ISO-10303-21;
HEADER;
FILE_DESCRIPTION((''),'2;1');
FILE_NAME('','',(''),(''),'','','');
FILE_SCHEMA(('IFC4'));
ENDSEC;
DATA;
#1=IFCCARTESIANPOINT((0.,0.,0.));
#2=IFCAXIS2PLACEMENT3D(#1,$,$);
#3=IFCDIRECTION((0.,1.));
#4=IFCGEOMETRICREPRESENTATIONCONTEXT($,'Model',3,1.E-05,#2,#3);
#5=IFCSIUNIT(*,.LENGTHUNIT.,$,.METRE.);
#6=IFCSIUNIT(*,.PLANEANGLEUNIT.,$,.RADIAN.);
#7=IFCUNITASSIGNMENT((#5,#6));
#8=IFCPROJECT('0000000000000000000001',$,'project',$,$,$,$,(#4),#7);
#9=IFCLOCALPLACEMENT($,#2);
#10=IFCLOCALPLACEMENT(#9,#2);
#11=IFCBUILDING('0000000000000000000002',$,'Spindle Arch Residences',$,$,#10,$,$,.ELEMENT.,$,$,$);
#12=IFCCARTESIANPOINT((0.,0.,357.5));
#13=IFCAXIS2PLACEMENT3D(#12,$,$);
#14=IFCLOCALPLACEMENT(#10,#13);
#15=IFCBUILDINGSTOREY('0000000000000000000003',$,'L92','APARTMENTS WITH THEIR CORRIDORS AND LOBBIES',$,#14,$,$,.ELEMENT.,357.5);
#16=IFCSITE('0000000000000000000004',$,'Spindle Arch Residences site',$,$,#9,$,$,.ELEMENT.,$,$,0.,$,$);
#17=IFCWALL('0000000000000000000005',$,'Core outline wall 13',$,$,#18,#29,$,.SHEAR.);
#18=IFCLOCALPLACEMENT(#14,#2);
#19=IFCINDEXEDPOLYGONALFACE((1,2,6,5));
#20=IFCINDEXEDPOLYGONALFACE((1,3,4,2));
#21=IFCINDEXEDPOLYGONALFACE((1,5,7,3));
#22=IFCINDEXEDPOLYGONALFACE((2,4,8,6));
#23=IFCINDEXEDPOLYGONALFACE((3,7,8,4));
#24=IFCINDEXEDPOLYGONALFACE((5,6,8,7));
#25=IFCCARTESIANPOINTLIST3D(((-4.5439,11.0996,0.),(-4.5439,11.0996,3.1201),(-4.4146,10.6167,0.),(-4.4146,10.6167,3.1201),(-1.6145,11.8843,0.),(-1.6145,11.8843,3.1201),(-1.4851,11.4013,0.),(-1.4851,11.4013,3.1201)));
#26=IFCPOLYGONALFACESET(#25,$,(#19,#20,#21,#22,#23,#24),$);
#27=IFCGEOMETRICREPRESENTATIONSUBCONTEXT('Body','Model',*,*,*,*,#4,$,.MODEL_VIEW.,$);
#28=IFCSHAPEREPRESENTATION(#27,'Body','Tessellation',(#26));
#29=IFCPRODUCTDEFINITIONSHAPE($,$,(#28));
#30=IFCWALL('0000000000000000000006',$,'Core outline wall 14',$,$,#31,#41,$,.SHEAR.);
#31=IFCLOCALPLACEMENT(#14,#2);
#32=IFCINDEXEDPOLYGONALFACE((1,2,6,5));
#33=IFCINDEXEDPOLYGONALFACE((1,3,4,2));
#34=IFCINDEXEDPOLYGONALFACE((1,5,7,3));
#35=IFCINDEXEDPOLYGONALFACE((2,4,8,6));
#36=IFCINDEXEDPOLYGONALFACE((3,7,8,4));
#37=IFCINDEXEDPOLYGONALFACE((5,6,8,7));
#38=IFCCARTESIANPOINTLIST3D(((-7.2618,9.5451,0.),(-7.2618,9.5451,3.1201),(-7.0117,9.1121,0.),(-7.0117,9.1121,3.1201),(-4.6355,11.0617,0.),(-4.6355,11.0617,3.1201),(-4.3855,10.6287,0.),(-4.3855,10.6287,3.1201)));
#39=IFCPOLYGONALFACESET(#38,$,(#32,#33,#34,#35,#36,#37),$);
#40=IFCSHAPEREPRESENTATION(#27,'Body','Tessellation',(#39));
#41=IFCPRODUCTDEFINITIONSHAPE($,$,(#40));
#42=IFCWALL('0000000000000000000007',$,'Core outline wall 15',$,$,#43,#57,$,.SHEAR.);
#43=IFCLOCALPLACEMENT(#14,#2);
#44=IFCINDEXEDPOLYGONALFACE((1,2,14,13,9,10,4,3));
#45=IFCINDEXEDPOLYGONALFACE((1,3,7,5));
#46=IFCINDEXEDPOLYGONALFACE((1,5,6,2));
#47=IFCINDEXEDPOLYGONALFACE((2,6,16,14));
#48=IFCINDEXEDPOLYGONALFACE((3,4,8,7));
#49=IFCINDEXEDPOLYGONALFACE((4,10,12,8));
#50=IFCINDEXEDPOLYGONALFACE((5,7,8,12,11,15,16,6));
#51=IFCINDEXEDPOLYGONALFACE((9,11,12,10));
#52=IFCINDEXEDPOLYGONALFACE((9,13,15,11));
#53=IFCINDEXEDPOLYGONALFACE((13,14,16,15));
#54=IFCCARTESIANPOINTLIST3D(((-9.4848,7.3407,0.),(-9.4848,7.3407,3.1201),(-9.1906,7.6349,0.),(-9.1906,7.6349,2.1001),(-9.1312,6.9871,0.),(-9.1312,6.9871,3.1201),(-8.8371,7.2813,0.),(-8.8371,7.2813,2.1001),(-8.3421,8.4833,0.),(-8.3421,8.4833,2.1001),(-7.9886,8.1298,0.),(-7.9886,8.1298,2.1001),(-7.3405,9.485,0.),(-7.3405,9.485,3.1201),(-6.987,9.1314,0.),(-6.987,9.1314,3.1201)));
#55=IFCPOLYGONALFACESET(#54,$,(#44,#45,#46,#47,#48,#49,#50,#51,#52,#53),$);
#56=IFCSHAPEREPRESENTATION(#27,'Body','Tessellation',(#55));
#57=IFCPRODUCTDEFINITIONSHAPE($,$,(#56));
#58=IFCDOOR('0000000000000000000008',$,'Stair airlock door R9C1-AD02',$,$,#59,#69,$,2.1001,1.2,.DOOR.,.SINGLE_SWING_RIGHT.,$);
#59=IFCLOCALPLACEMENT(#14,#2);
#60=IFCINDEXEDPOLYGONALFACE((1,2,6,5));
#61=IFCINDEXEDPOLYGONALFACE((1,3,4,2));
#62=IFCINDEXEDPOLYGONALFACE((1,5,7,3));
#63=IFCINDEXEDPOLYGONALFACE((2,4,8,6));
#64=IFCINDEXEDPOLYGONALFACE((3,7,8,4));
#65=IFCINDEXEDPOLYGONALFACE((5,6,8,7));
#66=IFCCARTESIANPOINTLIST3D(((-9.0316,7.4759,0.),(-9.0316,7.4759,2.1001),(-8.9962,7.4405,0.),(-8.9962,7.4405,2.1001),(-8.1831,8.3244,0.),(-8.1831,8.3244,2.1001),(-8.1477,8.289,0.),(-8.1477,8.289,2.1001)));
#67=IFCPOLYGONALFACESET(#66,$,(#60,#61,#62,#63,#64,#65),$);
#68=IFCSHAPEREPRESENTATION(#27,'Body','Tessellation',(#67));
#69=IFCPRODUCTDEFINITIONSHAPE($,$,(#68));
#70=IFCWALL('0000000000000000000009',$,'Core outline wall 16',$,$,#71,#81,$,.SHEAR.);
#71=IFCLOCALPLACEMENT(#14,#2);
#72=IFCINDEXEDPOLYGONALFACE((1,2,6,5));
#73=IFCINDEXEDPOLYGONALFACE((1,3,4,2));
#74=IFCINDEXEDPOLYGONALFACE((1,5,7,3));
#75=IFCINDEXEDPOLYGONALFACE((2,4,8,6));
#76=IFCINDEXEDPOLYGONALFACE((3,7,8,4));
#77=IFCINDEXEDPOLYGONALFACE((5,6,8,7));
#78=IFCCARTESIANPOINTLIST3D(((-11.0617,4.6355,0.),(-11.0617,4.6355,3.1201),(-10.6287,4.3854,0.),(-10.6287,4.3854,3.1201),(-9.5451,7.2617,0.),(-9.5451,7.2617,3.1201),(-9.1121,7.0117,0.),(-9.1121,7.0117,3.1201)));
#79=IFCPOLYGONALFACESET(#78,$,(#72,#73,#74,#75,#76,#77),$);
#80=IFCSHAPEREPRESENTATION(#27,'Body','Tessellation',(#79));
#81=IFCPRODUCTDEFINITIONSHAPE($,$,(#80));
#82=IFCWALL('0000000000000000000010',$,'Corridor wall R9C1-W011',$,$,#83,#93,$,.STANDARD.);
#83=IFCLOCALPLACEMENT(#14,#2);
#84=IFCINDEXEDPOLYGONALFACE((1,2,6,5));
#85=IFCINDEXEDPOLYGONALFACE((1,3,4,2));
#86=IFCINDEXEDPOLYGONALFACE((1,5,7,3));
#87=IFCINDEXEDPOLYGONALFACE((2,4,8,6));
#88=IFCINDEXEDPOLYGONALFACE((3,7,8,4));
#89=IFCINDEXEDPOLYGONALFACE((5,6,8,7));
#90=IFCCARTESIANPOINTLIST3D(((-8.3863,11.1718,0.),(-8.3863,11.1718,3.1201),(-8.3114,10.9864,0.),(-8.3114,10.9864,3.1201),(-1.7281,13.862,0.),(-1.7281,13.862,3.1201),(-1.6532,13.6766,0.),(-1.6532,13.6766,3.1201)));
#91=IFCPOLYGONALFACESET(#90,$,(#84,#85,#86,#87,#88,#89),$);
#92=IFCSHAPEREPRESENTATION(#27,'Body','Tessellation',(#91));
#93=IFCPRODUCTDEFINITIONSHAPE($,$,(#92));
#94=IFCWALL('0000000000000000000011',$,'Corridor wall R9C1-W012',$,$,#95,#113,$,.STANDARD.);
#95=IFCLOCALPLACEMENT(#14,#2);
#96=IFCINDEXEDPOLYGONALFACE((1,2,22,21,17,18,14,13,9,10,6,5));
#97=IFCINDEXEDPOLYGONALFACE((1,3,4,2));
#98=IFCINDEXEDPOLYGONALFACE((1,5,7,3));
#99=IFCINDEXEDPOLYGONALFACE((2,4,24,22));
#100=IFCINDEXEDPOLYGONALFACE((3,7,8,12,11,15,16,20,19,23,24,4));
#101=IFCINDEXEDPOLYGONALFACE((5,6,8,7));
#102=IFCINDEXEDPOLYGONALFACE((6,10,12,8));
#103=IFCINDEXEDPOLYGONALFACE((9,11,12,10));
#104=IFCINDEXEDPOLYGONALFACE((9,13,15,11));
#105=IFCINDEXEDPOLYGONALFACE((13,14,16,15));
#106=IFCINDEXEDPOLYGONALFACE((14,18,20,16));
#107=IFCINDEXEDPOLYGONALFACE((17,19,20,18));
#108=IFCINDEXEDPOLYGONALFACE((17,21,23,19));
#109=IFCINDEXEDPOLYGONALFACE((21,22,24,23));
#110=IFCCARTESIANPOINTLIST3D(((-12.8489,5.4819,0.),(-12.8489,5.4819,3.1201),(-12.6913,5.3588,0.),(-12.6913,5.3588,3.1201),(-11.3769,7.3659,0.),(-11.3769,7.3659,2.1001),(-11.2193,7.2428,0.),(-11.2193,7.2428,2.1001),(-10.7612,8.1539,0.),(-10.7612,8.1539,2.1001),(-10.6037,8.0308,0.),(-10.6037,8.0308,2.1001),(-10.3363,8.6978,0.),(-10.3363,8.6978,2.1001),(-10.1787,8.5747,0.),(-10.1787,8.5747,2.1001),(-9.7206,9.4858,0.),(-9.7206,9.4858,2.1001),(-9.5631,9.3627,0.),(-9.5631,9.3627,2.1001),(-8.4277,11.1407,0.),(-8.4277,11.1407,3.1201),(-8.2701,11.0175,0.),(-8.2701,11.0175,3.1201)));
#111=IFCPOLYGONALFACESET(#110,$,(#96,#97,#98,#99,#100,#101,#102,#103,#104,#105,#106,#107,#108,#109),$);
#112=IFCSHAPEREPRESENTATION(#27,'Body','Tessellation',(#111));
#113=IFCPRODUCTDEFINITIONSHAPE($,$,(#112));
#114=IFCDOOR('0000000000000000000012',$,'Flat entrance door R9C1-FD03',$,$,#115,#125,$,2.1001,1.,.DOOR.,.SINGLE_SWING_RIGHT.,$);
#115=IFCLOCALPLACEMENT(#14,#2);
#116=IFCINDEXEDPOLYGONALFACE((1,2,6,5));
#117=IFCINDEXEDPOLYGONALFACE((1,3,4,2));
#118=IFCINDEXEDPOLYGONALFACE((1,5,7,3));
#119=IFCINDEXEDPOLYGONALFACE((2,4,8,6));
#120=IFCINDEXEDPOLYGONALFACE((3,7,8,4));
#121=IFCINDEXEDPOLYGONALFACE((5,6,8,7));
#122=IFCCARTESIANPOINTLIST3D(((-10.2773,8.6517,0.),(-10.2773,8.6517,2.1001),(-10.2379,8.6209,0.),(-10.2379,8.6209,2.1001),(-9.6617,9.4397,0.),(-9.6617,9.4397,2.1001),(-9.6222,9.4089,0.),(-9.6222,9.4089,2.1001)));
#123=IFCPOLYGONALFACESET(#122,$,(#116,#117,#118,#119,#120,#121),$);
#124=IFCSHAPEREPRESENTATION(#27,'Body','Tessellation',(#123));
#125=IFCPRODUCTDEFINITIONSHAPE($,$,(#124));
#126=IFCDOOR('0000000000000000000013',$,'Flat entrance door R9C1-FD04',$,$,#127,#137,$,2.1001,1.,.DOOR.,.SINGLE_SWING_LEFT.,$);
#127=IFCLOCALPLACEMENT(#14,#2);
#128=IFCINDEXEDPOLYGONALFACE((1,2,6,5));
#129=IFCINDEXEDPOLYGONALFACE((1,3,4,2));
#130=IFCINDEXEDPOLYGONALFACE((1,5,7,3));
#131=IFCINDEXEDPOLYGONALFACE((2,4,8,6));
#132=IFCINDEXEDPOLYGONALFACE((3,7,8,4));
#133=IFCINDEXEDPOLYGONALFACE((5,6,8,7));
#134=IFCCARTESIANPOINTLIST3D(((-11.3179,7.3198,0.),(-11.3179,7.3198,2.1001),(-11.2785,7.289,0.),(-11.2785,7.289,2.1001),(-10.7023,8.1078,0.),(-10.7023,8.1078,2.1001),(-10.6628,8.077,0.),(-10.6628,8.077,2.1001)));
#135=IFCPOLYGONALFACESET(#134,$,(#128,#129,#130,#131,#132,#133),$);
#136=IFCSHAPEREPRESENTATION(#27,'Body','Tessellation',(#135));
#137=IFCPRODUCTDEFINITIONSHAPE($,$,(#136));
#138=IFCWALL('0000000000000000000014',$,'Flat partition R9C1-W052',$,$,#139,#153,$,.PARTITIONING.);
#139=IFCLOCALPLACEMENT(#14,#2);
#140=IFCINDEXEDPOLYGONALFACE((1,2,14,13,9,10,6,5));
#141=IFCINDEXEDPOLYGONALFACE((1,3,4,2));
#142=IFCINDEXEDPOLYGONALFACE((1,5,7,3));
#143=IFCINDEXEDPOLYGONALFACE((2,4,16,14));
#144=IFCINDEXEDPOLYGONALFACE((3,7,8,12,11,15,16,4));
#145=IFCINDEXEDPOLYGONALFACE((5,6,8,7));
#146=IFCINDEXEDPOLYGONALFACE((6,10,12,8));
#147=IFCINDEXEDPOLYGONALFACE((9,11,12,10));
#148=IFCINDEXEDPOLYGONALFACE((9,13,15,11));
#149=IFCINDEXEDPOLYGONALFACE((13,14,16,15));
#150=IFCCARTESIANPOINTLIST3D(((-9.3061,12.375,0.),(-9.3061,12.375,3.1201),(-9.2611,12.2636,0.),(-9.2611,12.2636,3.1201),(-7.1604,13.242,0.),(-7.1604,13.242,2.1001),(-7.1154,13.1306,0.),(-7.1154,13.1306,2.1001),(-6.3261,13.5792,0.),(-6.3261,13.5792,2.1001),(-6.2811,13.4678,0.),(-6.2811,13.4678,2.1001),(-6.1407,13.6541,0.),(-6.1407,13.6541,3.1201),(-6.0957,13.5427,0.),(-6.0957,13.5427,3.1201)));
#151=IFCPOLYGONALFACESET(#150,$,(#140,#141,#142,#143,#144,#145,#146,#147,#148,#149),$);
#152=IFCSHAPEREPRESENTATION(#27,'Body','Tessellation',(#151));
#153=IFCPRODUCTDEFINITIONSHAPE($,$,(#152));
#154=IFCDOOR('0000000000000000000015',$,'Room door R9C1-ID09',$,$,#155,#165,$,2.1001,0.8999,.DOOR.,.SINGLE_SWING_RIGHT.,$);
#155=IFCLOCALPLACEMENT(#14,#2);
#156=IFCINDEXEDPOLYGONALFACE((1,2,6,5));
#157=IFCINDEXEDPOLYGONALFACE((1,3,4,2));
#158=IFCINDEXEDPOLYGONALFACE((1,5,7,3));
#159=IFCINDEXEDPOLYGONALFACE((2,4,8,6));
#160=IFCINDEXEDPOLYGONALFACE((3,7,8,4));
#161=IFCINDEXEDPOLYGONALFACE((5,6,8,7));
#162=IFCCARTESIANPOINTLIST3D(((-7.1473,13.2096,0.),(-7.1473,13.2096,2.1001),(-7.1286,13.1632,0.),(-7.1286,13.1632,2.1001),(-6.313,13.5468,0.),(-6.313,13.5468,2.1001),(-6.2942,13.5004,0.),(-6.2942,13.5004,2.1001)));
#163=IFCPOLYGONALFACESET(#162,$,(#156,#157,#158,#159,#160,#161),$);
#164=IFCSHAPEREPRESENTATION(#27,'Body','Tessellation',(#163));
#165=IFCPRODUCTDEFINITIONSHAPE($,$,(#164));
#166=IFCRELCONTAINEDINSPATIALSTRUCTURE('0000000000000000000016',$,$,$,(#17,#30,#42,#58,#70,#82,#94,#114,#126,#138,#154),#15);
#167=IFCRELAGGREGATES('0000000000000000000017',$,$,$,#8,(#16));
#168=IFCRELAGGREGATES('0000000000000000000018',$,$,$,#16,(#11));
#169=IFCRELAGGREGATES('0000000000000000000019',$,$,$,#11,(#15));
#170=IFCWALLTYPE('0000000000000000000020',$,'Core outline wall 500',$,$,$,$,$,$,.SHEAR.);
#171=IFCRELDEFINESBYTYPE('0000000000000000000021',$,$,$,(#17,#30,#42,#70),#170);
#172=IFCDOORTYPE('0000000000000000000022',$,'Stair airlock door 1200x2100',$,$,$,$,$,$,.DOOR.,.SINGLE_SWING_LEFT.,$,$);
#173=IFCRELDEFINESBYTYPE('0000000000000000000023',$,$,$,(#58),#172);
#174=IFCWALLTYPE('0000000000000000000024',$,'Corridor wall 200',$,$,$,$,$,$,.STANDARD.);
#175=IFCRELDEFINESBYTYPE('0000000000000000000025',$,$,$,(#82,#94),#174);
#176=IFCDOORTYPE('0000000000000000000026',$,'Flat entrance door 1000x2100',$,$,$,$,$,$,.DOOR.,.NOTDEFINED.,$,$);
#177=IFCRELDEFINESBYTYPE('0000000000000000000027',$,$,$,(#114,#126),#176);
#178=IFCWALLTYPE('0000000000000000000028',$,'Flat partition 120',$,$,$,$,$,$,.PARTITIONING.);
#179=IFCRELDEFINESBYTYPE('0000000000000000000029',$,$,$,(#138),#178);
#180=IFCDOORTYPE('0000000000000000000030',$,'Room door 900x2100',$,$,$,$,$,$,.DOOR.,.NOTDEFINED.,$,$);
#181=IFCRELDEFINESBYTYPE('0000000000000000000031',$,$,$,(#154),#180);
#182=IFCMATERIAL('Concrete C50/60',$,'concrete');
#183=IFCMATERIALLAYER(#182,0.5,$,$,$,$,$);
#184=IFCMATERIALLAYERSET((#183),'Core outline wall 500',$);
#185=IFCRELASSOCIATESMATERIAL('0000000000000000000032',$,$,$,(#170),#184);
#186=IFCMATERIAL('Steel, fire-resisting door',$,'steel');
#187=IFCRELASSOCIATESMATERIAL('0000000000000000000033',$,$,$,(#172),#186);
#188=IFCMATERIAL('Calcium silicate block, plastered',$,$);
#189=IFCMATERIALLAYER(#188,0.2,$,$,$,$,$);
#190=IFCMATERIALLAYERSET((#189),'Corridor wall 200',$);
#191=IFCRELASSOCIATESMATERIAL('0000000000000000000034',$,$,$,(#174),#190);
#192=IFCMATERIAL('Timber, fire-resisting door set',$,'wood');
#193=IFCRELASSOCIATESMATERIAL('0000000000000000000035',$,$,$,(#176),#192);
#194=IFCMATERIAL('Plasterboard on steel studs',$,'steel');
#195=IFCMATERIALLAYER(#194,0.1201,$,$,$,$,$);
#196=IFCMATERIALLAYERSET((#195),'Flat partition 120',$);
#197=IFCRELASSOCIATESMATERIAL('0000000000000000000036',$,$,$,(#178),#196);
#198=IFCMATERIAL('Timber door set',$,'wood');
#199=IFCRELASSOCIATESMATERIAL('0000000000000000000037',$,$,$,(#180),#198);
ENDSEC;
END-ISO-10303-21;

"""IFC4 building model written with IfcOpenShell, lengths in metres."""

from ifc_helpers import new_model, si_unit, direction, frame, frame_2d, origin, place, context, subcontext, project, spatial, rectangle, extrude, material, layer, layer_set, type_object, element, fill, save


model = new_model("IFC4")

# Units and contexts
model_context = context("Model", 3, precision=1e-05, world=origin(), true_north=direction((0.0, 1.0)))
body_context = subcontext(model_context, "Body", "Model", "MODEL_VIEW")
ifc_project = project(units=[si_unit("LENGTHUNIT", "METRE"), si_unit("PLANEANGLEUNIT", "RADIAN")], contexts=[model_context])

# Site, building, storey
site_placement = place(None, origin())
site = spatial("IfcSite", under=ifc_project, at=site_placement, Name="Spindle Arch Residences site", CompositionType="ELEMENT", RefElevation=0.0)
building_placement = place(site_placement, origin())
building = spatial("IfcBuilding", under=site, at=building_placement, Name="Spindle Arch Residences", CompositionType="ELEMENT")
storey_placement = place(building_placement, frame((0.0, 0.0, 357.5)))
storey = spatial("IfcBuildingStorey", under=building, at=storey_placement, Name="L92", Description="APARTMENTS WITH THEIR CORRIDORS AND LOBBIES", CompositionType="ELEMENT", Elevation=357.5)

# Walls
ifc_material_1 = material(Name="Concrete C50/60", Category="concrete")
ifc_layer_1 = layer(ifc_material_1, 0.5)
ifc_layer_set_1 = layer_set([ifc_layer_1], Name="Core outline wall 500")
wall_type_1 = type_object("IfcWallType", Name="Core outline wall 500", PredefinedType="SHEAR", material=ifc_layer_set_1)
for number, where, z_axis, x_axis, name in (
    (1, (-1.5498, 11.6428, 0.0), (0.0, 0.0, 1.0), (-0.965948, -0.258735, 0.0), "Core outline wall 13"),
    (2, (-4.5105, 10.8452, 0.0), (0.0, 0.0, 1.0), (-0.865975, -0.500087, 0.0), "Core outline wall 14"),
):
    element("IfcWall", number, at=place(storey_placement, frame(where, z_axis=z_axis, x_axis=x_axis)), inside=storey, type_object=wall_type_1, Name=name, PredefinedType="SHEAR", context=body_context, shape_type="SweptSolid", body=[
        extrude(rectangle(XDim=3.0327, YDim=0.5, at=frame_2d((1.5164, 0.0))), origin(), (0.0, 0.0, 1.0), 3.1201),
    ])

# Wall, opening, door
wall_1_placement = place(storey_placement, frame((-7.1638, 9.3081, 0.0), z_axis=(0.0, 0.0, 1.0), x_axis=(-0.707107, -0.707107, 0.0)))
wall_1 = element("IfcWall", 3, at=wall_1_placement, inside=storey, type_object=wall_type_1, Name="Core outline wall 15", PredefinedType="SHEAR", context=body_context, shape_type="SweptSolid", body=[
    extrude(rectangle(XDim=3.0325, YDim=0.5, at=frame_2d((1.5161, 0.0))), origin(), (0.0, 0.0, 1.0), 3.1201),
])
opening_1_placement = place(wall_1_placement, frame((1.4163, 0.0, 0.0)))
opening_1 = element("IfcOpeningElement", 4, at=opening_1_placement, cuts=wall_1, PredefinedType="OPENING", context=body_context, shape_type="SweptSolid", body=[
    extrude(rectangle(XDim=1.2, YDim=2.1001, at=frame_2d((0.6001, 1.05))), frame((0.0, 0.26, 0.0), z_axis=(0.0, -1.0, 0.0), x_axis=(1.0, 0.0, 0.0)), (0.0, 0.0, 1.0), 0.52),
])
ifc_material_2 = material(Name="Steel, fire-resisting door", Category="steel")
door_type_1 = type_object("IfcDoorType", Name="Stair airlock door 1200x2100", OperationType="SINGLE_SWING_LEFT", PredefinedType="DOOR", material=ifc_material_2)
door_1_placement = place(opening_1_placement, origin())
door_1 = element("IfcDoor", 5, at=door_1_placement, inside=storey, type_object=door_type_1, Name="Stair airlock door R9C1-AD02", OperationType="SINGLE_SWING_RIGHT", OverallHeight=2.1001, OverallWidth=1.2, PredefinedType="DOOR", context=body_context, shape_type="SweptSolid", body=[
    extrude(rectangle(XDim=1.2, YDim=2.1001, at=frame_2d((0.6001, 1.05))), frame((0.0, 0.0249, 0.0), z_axis=(0.0, -1.0, 0.0), x_axis=(1.0, 0.0, 0.0)), (0.0, 0.0, 1.0), 0.05),
])
fill(opening_1, door_1)

# Walls
wall_2_placement = place(storey_placement, frame((-9.3286, 7.1367, 0.0), z_axis=(0.0, 0.0, 1.0), x_axis=(-0.500087, -0.865975, 0.0)))
element("IfcWall", 6, at=wall_2_placement, inside=storey, type_object=wall_type_1, Name="Core outline wall 16", PredefinedType="SHEAR", context=body_context, shape_type="SweptSolid", body=[
    extrude(rectangle(XDim=3.0327, YDim=0.5, at=frame_2d((1.5164, 0.0))), origin(), (0.0, 0.0, 1.0), 3.1201),
])
ifc_material_3 = material(Name="Calcium silicate block, plastered")
ifc_layer_2 = layer(ifc_material_3, 0.2)
ifc_layer_set_2 = layer_set([ifc_layer_2], Name="Corridor wall 200")
wall_type_2 = type_object("IfcWallType", Name="Corridor wall 200", PredefinedType="STANDARD", material=ifc_layer_set_2)
wall_3_placement = place(storey_placement, frame((-1.6907, 13.7693, 0.0), z_axis=(0.0, 0.0, 1.0), x_axis=(-0.927179, -0.374618, 0.0)))
element("IfcWall", 7, at=wall_3_placement, inside=storey, type_object=wall_type_2, Name="Corridor wall R9C1-W011", PredefinedType="STANDARD", context=body_context, shape_type="SweptSolid", body=[
    extrude(rectangle(XDim=7.1812, YDim=0.2, at=frame_2d((3.5906, 0.0))), origin(), (0.0, 0.0, 1.0), 3.1201),
])

# Wall, openings, doors
wall_4_placement = place(storey_placement, frame((-8.3489, 11.0791, 0.0), z_axis=(0.0, 0.0, 1.0), x_axis=(-0.615669, -0.788005, 0.0)))
wall_4 = element("IfcWall", 8, at=wall_4_placement, inside=storey, type_object=wall_type_2, Name="Corridor wall R9C1-W012", PredefinedType="STANDARD", context=body_context, shape_type="SweptSolid", body=[
    extrude(rectangle(XDim=7.1812, YDim=0.2, at=frame_2d((3.5906, 0.0))), origin(), (0.0, 0.0, 1.0), 3.1201),
])
opening_2_placement = place(wall_4_placement, frame((2.1001, 0.0, 0.0)))
opening_2 = element("IfcOpeningElement", 9, at=opening_2_placement, cuts=wall_4, PredefinedType="OPENING", context=body_context, shape_type="SweptSolid", body=[
    extrude(rectangle(XDim=1.0, YDim=2.1001, at=frame_2d((0.5, 1.05))), frame((0.0, 0.1099, 0.0), z_axis=(0.0, -1.0, 0.0), x_axis=(1.0, 0.0, 0.0)), (0.0, 0.0, 1.0), 0.22),
])
opening_3_placement = place(wall_4_placement, frame((3.7903, 0.0, 0.0)))
opening_3 = element("IfcOpeningElement", 10, at=opening_3_placement, cuts=wall_4, PredefinedType="OPENING", context=body_context, shape_type="SweptSolid", body=[
    extrude(rectangle(XDim=1.0, YDim=2.1001, at=frame_2d((0.5, 1.05))), frame((0.0, 0.1099, 0.0), z_axis=(0.0, -1.0, 0.0), x_axis=(1.0, 0.0, 0.0)), (0.0, 0.0, 1.0), 0.22),
])
ifc_material_4 = material(Name="Timber, fire-resisting door set", Category="wood")
door_type_2 = type_object("IfcDoorType", Name="Flat entrance door 1000x2100", OperationType="NOTDEFINED", PredefinedType="DOOR", material=ifc_material_4)
door_2_placement = place(opening_2_placement, origin())
door_2 = element("IfcDoor", 11, at=door_2_placement, inside=storey, type_object=door_type_2, Name="Flat entrance door R9C1-FD03", OperationType="SINGLE_SWING_RIGHT", OverallHeight=2.1001, OverallWidth=1.0, PredefinedType="DOOR", context=body_context, shape_type="SweptSolid", body=[
    extrude(rectangle(XDim=1.0, YDim=2.1001, at=frame_2d((0.5, 1.05))), frame((0.0, 0.0249, 0.0), z_axis=(0.0, -1.0, 0.0), x_axis=(1.0, 0.0, 0.0)), (0.0, 0.0, 1.0), 0.05),
])
fill(opening_2, door_2)
door_3_placement = place(opening_3_placement, origin())
door_3 = element("IfcDoor", 12, at=door_3_placement, inside=storey, type_object=door_type_2, Name="Flat entrance door R9C1-FD04", OperationType="SINGLE_SWING_LEFT", OverallHeight=2.1001, OverallWidth=1.0, PredefinedType="DOOR", context=body_context, shape_type="SweptSolid", body=[
    extrude(rectangle(XDim=1.0, YDim=2.1001, at=frame_2d((0.5, 1.05))), frame((0.0, 0.0249, 0.0), z_axis=(0.0, -1.0, 0.0), x_axis=(1.0, 0.0, 0.0)), (0.0, 0.0, 1.0), 0.05),
])
fill(opening_3, door_3)

# Wall, opening, door
ifc_material_5 = material(Name="Plasterboard on steel studs", Category="steel")
ifc_layer_3 = layer(ifc_material_5, 0.1201)
ifc_layer_set_3 = layer_set([ifc_layer_3], Name="Flat partition 120")
wall_type_3 = type_object("IfcWallType", Name="Flat partition 120", PredefinedType="PARTITIONING", material=ifc_layer_set_3)
wall_5_placement = place(storey_placement, frame((-6.1182, 13.5984, 0.0), z_axis=(0.0, 0.0, 1.0), x_axis=(-0.927164, -0.374656, 0.0)))
wall_5 = element("IfcWall", 13, at=wall_5_placement, inside=storey, type_object=wall_type_3, Name="Flat partition R9C1-W052", PredefinedType="PARTITIONING", context=body_context, shape_type="SweptSolid", body=[
    extrude(rectangle(XDim=3.4141, YDim=0.1201, at=frame_2d((1.707, 0.0))), origin(), (0.0, 0.0, 1.0), 3.1201),
])
opening_4_placement = place(wall_5_placement, frame((0.2, 0.0, 0.0)))
opening_4 = element("IfcOpeningElement", 14, at=opening_4_placement, cuts=wall_5, PredefinedType="OPENING", context=body_context, shape_type="SweptSolid", body=[
    extrude(rectangle(XDim=0.8999, YDim=2.1001, at=frame_2d((0.45, 1.05))), frame((0.0, 0.0701, 0.0), z_axis=(0.0, -1.0, 0.0), x_axis=(1.0, 0.0, 0.0)), (0.0, 0.0, 1.0), 0.1401),
])
ifc_material_6 = material(Name="Timber door set", Category="wood")
door_type_3 = type_object("IfcDoorType", Name="Room door 900x2100", OperationType="NOTDEFINED", PredefinedType="DOOR", material=ifc_material_6)
door_4_placement = place(opening_4_placement, origin())
door_4 = element("IfcDoor", 15, at=door_4_placement, inside=storey, type_object=door_type_3, Name="Room door R9C1-ID09", OperationType="SINGLE_SWING_RIGHT", OverallHeight=2.1001, OverallWidth=0.8999, PredefinedType="DOOR", context=body_context, shape_type="SweptSolid", body=[
    extrude(rectangle(XDim=0.8999, YDim=2.1001, at=frame_2d((0.45, 1.05))), frame((0.0, 0.0249, 0.0), z_axis=(0.0, -1.0, 0.0), x_axis=(1.0, 0.0, 0.0)), (0.0, 0.0, 1.0), 0.05),
])
fill(opening_4, door_4)

save(model, "model.ifc")
